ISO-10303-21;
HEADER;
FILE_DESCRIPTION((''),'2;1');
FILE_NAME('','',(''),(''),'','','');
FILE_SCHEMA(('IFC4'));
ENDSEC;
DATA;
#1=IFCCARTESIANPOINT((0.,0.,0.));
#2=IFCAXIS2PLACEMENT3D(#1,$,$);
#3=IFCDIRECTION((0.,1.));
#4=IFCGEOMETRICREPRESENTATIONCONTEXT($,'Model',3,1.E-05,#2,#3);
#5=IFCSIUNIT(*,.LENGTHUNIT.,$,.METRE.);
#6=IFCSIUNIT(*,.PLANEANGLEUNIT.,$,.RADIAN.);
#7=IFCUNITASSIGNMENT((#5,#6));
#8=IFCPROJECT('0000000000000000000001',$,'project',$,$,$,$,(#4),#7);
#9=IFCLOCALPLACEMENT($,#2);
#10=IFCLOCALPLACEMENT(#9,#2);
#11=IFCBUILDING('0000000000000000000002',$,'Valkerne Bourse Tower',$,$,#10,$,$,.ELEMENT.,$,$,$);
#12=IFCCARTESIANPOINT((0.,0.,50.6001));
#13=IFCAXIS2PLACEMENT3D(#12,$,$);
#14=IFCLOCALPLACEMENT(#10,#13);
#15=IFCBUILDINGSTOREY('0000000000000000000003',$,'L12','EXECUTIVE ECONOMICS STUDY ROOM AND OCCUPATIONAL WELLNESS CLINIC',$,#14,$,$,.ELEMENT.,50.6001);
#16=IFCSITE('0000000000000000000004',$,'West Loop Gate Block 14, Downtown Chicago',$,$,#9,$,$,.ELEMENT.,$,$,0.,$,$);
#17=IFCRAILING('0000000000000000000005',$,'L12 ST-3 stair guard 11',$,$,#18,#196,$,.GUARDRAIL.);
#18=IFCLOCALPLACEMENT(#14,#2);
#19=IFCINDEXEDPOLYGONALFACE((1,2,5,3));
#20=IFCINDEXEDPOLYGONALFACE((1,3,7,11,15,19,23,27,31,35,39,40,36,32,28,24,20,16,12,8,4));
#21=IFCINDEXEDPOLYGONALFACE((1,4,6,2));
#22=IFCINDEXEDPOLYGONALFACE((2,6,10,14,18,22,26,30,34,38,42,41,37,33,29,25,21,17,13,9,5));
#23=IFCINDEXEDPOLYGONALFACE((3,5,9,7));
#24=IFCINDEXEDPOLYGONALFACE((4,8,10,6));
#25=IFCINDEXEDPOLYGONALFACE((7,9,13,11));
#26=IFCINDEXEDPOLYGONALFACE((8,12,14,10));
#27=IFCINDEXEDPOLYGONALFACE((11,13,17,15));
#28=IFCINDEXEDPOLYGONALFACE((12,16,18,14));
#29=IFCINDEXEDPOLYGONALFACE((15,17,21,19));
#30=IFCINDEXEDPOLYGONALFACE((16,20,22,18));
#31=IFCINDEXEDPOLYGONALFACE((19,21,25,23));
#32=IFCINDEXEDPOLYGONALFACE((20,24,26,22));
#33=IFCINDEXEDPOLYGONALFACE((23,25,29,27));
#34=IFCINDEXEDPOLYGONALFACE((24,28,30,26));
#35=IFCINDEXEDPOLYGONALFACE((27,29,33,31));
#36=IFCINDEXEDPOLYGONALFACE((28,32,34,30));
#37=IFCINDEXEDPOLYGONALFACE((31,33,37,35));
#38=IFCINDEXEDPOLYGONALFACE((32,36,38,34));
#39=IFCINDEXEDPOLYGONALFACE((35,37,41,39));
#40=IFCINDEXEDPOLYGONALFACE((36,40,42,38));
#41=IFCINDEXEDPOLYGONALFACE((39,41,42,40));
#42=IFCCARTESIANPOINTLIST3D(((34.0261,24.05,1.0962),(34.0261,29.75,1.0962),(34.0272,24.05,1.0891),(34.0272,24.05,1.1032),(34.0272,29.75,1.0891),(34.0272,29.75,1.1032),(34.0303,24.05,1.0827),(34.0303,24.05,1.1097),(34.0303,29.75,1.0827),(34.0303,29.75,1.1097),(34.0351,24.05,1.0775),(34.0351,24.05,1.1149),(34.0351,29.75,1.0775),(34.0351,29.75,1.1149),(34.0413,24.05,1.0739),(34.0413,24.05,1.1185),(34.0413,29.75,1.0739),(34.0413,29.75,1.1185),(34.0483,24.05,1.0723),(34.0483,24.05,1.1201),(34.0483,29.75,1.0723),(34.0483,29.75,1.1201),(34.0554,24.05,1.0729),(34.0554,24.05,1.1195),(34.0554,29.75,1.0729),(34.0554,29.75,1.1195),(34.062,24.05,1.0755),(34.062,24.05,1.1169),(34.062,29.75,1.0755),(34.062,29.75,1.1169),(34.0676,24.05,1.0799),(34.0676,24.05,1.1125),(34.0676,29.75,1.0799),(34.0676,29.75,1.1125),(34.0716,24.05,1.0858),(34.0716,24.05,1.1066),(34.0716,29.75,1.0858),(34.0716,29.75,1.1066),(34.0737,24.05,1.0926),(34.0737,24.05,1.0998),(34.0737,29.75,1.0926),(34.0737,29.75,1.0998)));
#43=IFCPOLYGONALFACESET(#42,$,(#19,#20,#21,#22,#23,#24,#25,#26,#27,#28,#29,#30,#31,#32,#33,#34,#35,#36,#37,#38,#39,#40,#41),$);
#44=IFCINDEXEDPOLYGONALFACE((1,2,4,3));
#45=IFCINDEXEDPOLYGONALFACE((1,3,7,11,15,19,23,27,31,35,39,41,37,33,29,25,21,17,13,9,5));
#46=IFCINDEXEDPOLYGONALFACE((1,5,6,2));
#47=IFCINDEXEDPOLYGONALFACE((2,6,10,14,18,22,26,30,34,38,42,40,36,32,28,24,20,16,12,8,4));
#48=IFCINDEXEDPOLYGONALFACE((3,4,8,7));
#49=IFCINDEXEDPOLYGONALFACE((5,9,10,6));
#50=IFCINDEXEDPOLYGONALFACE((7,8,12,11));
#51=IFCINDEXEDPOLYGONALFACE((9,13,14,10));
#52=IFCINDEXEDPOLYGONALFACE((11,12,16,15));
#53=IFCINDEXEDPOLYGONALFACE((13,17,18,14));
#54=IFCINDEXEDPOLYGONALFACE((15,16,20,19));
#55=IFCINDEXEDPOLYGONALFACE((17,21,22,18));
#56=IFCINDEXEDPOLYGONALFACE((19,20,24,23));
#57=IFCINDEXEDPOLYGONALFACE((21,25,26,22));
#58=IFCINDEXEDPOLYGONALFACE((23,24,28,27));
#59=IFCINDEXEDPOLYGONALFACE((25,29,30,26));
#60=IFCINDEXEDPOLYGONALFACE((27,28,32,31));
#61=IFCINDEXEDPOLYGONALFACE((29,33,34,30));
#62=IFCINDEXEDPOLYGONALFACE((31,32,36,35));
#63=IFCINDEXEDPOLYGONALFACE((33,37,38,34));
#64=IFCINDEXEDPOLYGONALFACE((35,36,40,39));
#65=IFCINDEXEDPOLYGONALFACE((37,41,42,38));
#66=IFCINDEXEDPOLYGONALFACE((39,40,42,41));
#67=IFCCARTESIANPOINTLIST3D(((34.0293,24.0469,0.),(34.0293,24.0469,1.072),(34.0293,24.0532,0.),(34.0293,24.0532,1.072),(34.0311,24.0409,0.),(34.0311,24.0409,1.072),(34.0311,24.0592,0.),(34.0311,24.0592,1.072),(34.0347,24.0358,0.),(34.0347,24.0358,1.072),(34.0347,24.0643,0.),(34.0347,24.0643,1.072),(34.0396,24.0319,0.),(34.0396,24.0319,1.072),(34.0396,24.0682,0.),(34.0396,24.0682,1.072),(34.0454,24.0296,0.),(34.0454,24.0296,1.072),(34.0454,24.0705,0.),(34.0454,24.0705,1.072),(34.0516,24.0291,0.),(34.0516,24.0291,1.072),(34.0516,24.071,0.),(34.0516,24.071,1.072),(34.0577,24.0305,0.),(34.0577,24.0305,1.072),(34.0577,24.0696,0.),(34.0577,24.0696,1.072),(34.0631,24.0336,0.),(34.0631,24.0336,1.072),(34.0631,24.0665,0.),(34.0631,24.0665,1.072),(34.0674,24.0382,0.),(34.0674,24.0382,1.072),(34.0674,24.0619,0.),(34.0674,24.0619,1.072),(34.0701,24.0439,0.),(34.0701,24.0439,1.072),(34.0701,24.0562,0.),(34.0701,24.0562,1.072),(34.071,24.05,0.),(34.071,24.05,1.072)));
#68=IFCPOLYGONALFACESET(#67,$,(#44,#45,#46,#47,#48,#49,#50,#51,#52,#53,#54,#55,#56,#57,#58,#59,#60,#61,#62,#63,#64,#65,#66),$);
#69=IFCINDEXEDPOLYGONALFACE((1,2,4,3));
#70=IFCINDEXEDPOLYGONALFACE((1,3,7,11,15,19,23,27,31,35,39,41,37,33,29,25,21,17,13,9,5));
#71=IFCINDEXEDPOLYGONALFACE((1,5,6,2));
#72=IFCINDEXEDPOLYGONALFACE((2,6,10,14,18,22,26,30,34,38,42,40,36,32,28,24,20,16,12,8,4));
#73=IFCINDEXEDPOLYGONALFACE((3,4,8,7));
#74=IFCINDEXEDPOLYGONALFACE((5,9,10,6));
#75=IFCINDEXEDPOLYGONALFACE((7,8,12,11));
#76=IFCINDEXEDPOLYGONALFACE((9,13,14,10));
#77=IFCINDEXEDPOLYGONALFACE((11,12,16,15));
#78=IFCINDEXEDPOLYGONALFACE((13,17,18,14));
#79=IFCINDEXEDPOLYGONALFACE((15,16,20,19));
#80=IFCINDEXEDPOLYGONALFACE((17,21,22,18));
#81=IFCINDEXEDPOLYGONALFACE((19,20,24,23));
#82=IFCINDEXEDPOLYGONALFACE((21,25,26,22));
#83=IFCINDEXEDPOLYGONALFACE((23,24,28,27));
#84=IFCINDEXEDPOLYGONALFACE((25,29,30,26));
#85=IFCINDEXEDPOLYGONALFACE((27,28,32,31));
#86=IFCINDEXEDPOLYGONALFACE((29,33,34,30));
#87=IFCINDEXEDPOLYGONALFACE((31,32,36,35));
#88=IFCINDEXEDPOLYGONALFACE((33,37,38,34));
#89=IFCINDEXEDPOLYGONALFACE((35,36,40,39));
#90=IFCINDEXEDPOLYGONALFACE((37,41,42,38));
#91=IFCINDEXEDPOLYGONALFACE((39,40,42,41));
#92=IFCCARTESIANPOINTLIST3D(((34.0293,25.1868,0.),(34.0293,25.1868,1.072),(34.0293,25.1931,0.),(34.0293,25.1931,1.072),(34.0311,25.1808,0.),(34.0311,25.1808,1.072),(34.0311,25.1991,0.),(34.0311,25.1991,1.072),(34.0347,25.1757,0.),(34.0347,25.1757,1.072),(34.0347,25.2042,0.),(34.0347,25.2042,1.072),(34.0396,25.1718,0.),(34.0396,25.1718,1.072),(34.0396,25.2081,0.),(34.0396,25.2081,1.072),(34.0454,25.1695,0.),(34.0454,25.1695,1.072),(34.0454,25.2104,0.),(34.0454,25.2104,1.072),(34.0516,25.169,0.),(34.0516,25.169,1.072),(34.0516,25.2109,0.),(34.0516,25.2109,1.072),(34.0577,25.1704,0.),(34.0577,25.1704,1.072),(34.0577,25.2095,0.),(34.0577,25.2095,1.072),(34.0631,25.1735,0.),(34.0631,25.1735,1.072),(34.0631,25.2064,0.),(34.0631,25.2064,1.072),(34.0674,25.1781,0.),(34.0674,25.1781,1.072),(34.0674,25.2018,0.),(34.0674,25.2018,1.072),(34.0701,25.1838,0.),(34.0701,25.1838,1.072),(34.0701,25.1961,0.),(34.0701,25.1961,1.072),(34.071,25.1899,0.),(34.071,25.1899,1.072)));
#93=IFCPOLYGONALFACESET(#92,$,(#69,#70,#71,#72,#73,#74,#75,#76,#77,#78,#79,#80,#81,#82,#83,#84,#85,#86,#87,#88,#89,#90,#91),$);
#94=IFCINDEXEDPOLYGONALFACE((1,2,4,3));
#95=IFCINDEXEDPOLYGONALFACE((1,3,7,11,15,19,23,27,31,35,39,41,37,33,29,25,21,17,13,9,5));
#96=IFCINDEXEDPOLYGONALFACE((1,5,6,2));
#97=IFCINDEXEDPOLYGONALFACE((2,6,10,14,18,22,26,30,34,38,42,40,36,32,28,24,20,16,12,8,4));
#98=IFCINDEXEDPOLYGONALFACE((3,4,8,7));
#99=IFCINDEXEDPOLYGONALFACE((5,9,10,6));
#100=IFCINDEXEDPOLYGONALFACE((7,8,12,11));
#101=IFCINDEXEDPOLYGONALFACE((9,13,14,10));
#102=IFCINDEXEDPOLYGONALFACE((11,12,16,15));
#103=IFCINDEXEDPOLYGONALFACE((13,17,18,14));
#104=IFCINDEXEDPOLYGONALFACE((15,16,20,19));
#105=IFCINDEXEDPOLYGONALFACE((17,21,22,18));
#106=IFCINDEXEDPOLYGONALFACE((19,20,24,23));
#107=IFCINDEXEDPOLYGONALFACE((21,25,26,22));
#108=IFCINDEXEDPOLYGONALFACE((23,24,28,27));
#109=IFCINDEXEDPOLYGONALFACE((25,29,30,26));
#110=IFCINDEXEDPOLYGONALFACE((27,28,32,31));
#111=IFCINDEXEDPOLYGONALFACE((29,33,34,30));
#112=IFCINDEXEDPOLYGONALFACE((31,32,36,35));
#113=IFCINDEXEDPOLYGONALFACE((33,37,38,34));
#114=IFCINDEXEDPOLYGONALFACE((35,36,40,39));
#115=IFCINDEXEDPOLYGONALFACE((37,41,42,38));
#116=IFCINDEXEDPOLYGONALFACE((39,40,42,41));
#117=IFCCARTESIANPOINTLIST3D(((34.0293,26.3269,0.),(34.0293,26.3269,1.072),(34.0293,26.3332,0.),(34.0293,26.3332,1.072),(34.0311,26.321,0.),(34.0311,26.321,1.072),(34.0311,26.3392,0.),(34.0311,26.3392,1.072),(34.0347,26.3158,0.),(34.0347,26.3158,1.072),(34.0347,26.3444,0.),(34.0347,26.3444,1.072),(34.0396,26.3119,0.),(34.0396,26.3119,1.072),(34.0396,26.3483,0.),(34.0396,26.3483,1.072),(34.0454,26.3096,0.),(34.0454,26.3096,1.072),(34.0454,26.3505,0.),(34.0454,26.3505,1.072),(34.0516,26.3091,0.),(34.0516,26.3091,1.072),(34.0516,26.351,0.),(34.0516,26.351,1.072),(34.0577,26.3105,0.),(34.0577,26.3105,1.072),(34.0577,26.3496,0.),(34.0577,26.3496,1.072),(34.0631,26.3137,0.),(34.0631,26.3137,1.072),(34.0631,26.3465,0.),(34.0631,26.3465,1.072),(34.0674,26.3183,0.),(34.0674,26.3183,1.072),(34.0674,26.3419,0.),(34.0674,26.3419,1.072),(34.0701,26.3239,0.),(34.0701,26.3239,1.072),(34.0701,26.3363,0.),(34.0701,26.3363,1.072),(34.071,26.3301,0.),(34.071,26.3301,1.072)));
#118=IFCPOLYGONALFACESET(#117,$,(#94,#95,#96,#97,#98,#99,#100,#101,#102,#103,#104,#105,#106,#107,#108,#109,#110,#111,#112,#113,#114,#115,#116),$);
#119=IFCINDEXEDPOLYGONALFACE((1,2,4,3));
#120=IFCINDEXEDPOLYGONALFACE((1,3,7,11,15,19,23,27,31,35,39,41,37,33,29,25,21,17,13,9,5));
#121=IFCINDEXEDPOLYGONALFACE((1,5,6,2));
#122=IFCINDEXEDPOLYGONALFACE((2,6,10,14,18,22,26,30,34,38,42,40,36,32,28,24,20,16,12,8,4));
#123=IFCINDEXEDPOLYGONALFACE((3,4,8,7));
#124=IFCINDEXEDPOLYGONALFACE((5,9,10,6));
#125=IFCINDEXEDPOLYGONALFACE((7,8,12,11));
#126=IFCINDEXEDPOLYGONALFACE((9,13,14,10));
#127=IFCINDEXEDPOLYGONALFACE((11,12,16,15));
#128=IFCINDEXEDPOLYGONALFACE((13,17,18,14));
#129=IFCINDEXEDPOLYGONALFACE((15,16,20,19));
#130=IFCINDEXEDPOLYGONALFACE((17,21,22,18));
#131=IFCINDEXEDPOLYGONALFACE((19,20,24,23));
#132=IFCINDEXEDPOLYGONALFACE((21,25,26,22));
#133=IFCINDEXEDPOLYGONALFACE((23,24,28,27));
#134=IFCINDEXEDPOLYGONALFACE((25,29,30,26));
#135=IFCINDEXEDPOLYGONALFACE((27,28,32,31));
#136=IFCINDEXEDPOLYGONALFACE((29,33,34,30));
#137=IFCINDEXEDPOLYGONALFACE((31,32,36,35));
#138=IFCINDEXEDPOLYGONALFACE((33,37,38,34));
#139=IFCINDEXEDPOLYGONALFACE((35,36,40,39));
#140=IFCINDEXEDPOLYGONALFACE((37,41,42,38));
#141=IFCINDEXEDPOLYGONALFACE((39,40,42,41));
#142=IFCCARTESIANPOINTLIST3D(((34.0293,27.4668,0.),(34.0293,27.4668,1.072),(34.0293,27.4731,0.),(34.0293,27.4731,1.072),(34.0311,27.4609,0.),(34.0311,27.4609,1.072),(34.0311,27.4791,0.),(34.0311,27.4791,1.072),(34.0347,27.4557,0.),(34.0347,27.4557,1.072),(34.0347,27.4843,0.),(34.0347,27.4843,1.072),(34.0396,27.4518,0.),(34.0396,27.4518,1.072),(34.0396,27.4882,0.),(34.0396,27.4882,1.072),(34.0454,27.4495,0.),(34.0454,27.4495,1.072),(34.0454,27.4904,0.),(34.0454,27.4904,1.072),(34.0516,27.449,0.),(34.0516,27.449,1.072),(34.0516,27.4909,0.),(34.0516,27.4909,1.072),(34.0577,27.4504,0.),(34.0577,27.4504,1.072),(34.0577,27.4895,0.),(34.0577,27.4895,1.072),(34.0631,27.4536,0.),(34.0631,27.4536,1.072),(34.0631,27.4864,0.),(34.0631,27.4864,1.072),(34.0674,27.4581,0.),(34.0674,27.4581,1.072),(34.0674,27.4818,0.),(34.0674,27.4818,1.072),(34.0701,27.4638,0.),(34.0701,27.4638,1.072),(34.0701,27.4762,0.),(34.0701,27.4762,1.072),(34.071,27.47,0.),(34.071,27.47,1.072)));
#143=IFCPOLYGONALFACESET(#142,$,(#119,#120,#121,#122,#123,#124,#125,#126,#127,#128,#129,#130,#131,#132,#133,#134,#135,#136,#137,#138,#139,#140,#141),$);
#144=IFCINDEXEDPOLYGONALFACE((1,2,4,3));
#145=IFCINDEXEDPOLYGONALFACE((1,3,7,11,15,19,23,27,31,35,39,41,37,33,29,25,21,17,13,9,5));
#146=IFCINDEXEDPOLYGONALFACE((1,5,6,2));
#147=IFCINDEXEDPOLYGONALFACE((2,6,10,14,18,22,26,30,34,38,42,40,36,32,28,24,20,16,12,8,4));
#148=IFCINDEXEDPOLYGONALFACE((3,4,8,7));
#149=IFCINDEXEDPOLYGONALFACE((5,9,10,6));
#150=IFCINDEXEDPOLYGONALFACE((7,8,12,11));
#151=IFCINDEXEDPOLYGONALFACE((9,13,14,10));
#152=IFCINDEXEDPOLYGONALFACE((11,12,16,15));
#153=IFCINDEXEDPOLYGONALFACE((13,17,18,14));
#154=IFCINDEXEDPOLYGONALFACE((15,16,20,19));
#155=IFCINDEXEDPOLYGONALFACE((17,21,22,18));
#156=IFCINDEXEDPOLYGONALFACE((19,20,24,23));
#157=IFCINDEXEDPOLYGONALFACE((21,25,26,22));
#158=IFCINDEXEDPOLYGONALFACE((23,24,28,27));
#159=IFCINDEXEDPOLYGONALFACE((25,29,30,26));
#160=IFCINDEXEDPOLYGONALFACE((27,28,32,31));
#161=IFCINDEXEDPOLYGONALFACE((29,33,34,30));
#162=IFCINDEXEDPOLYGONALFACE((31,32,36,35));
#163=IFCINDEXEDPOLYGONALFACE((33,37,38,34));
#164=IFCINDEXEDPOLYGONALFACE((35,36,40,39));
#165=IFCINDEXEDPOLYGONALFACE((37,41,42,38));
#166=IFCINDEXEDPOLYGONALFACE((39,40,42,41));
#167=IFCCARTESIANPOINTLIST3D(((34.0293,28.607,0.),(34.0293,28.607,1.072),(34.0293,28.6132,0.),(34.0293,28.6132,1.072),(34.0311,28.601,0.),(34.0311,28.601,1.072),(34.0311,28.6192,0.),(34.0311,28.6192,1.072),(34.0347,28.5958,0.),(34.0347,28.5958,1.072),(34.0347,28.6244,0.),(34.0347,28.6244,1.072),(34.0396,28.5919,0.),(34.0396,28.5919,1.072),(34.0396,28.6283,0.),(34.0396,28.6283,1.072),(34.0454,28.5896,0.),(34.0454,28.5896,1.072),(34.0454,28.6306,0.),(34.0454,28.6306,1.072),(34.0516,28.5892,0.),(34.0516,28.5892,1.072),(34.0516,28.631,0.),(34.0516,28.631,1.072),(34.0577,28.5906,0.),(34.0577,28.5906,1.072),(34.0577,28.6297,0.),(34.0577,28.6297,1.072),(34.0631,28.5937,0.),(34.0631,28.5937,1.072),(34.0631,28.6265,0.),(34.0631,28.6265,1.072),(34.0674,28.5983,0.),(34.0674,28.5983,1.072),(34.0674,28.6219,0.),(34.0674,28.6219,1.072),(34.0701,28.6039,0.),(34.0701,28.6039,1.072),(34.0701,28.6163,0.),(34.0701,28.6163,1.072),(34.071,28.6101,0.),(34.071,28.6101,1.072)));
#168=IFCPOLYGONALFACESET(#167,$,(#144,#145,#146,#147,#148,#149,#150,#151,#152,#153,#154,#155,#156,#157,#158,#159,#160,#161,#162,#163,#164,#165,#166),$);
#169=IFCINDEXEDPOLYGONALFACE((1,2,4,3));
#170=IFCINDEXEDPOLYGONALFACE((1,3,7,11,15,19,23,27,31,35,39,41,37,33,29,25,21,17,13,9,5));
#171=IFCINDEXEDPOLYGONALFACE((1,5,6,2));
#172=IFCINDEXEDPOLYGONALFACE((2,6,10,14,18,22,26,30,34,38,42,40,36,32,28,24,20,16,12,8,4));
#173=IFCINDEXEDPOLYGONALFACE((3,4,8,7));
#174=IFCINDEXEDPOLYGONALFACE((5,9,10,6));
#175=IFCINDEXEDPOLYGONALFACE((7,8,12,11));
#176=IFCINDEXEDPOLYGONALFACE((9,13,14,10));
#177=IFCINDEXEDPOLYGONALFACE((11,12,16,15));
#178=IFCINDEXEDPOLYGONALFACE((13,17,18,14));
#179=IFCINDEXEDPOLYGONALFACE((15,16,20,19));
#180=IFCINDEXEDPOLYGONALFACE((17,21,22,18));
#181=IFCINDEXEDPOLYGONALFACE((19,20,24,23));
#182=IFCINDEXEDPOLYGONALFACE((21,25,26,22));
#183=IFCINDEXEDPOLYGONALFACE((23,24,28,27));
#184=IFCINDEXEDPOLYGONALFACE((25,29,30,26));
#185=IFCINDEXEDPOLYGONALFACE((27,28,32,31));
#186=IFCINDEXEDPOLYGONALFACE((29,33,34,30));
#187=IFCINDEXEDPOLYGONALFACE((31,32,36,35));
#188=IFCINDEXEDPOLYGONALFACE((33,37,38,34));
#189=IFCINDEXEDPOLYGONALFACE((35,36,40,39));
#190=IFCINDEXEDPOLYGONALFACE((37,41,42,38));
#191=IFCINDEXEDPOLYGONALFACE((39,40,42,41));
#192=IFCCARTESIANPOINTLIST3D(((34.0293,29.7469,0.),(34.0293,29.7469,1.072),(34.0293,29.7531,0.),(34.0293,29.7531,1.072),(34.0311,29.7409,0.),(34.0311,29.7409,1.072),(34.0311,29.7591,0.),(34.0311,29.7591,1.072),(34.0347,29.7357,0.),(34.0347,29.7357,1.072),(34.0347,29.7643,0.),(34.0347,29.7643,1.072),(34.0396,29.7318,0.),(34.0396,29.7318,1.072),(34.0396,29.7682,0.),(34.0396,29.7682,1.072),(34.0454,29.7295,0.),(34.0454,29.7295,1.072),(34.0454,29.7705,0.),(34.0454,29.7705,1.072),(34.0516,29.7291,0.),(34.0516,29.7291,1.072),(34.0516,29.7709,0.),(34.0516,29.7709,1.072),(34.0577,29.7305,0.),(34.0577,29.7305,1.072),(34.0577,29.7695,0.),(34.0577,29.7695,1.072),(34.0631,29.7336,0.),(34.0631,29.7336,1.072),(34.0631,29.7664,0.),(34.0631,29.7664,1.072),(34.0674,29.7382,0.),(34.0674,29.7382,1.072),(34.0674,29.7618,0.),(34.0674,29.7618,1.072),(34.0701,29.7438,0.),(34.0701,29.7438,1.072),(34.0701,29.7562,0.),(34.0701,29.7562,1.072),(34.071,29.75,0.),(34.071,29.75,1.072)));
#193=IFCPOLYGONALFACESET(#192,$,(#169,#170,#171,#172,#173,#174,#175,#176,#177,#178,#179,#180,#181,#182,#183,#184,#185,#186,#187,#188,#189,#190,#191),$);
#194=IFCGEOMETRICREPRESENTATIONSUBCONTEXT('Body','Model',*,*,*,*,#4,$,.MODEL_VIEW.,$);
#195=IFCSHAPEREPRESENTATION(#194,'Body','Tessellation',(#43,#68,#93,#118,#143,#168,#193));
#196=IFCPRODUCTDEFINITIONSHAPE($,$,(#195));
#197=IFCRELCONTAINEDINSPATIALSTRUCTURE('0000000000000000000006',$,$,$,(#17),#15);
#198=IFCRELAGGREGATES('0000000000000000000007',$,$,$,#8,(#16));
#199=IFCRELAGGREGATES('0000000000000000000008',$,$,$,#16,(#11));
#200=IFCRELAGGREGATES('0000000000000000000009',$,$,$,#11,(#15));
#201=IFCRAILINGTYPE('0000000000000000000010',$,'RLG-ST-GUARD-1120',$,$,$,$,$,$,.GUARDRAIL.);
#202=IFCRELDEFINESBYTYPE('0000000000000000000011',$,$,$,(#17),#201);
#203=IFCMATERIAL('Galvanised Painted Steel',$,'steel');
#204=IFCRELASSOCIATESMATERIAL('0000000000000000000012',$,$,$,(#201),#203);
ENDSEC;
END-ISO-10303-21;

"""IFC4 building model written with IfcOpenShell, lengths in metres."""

from ifc_helpers import new_model, si_unit, direction, frame, origin, origin_2d, place, context, subcontext, project, spatial, circle, extrude, material, type_object, element, save


model = new_model("IFC4")

# Units and contexts
model_context = context("Model", 3, precision=1e-05, world=origin(), true_north=direction((0.0, 1.0)))
body_context = subcontext(model_context, "Body", "Model", "MODEL_VIEW")
ifc_project = project(units=[si_unit("LENGTHUNIT", "METRE"), si_unit("PLANEANGLEUNIT", "RADIAN")], contexts=[model_context])

# Site, building, storey
site_placement = place(None, origin())
site = spatial("IfcSite", under=ifc_project, at=site_placement, Name="West Loop Gate Block 14, Downtown Chicago", CompositionType="ELEMENT", RefElevation=0.0)
building_placement = place(site_placement, origin())
building = spatial("IfcBuilding", under=site, at=building_placement, Name="Valkerne Bourse Tower", CompositionType="ELEMENT")
storey_placement = place(building_placement, frame((0.0, 0.0, 50.6001)))
storey = spatial("IfcBuildingStorey", under=building, at=storey_placement, Name="L12", Description="EXECUTIVE ECONOMICS STUDY ROOM AND OCCUPATIONAL WELLNESS CLINIC", CompositionType="ELEMENT", Elevation=50.6001)

# Shared definitions
ifc_material_1 = material(Name="Galvanised Painted Steel", Category="steel")

# Railing
railing_type_1 = type_object("IfcRailingType", Name="RLG-ST-GUARD-1120", PredefinedType="GUARDRAIL", material=ifc_material_1)
for number, where, name in (
    (1, (34.05, 24.05, 0.0), "L12 ST-3 stair guard 11"),
):
    element("IfcRailing", number, at=place(storey_placement, frame(where)), inside=storey, type_object=railing_type_1, Name=name, PredefinedType="GUARDRAIL", context=body_context, shape_type="SweptSolid", body=[
        extrude(circle(Radius=0.0239, at=origin_2d()), frame((0.0, 0.0, 1.0962), z_axis=(0.0, 1.0, 0.0), x_axis=(-1.0, 0.0, 0.0)), (0.0, 0.0, 1.0), 5.7),
        extrude(circle(Radius=0.021, at=origin_2d()), origin(), (0.0, 0.0, 1.0), 1.072),
        extrude(circle(Radius=0.021, at=origin_2d()), frame((0.0, 1.1399, 0.0)), (0.0, 0.0, 1.0), 1.072),
        extrude(circle(Radius=0.021, at=origin_2d()), frame((0.0, 2.28, 0.0)), (0.0, 0.0, 1.0), 1.072),
        extrude(circle(Radius=0.021, at=origin_2d()), frame((0.0, 3.4199, 0.0)), (0.0, 0.0, 1.0), 1.072),
        extrude(circle(Radius=0.021, at=origin_2d()), frame((0.0, 4.5601, 0.0)), (0.0, 0.0, 1.0), 1.072),
        extrude(circle(Radius=0.021, at=origin_2d()), frame((0.0, 5.7, 0.0)), (0.0, 0.0, 1.0), 1.072),
    ])

save(model, "model.ifc")
